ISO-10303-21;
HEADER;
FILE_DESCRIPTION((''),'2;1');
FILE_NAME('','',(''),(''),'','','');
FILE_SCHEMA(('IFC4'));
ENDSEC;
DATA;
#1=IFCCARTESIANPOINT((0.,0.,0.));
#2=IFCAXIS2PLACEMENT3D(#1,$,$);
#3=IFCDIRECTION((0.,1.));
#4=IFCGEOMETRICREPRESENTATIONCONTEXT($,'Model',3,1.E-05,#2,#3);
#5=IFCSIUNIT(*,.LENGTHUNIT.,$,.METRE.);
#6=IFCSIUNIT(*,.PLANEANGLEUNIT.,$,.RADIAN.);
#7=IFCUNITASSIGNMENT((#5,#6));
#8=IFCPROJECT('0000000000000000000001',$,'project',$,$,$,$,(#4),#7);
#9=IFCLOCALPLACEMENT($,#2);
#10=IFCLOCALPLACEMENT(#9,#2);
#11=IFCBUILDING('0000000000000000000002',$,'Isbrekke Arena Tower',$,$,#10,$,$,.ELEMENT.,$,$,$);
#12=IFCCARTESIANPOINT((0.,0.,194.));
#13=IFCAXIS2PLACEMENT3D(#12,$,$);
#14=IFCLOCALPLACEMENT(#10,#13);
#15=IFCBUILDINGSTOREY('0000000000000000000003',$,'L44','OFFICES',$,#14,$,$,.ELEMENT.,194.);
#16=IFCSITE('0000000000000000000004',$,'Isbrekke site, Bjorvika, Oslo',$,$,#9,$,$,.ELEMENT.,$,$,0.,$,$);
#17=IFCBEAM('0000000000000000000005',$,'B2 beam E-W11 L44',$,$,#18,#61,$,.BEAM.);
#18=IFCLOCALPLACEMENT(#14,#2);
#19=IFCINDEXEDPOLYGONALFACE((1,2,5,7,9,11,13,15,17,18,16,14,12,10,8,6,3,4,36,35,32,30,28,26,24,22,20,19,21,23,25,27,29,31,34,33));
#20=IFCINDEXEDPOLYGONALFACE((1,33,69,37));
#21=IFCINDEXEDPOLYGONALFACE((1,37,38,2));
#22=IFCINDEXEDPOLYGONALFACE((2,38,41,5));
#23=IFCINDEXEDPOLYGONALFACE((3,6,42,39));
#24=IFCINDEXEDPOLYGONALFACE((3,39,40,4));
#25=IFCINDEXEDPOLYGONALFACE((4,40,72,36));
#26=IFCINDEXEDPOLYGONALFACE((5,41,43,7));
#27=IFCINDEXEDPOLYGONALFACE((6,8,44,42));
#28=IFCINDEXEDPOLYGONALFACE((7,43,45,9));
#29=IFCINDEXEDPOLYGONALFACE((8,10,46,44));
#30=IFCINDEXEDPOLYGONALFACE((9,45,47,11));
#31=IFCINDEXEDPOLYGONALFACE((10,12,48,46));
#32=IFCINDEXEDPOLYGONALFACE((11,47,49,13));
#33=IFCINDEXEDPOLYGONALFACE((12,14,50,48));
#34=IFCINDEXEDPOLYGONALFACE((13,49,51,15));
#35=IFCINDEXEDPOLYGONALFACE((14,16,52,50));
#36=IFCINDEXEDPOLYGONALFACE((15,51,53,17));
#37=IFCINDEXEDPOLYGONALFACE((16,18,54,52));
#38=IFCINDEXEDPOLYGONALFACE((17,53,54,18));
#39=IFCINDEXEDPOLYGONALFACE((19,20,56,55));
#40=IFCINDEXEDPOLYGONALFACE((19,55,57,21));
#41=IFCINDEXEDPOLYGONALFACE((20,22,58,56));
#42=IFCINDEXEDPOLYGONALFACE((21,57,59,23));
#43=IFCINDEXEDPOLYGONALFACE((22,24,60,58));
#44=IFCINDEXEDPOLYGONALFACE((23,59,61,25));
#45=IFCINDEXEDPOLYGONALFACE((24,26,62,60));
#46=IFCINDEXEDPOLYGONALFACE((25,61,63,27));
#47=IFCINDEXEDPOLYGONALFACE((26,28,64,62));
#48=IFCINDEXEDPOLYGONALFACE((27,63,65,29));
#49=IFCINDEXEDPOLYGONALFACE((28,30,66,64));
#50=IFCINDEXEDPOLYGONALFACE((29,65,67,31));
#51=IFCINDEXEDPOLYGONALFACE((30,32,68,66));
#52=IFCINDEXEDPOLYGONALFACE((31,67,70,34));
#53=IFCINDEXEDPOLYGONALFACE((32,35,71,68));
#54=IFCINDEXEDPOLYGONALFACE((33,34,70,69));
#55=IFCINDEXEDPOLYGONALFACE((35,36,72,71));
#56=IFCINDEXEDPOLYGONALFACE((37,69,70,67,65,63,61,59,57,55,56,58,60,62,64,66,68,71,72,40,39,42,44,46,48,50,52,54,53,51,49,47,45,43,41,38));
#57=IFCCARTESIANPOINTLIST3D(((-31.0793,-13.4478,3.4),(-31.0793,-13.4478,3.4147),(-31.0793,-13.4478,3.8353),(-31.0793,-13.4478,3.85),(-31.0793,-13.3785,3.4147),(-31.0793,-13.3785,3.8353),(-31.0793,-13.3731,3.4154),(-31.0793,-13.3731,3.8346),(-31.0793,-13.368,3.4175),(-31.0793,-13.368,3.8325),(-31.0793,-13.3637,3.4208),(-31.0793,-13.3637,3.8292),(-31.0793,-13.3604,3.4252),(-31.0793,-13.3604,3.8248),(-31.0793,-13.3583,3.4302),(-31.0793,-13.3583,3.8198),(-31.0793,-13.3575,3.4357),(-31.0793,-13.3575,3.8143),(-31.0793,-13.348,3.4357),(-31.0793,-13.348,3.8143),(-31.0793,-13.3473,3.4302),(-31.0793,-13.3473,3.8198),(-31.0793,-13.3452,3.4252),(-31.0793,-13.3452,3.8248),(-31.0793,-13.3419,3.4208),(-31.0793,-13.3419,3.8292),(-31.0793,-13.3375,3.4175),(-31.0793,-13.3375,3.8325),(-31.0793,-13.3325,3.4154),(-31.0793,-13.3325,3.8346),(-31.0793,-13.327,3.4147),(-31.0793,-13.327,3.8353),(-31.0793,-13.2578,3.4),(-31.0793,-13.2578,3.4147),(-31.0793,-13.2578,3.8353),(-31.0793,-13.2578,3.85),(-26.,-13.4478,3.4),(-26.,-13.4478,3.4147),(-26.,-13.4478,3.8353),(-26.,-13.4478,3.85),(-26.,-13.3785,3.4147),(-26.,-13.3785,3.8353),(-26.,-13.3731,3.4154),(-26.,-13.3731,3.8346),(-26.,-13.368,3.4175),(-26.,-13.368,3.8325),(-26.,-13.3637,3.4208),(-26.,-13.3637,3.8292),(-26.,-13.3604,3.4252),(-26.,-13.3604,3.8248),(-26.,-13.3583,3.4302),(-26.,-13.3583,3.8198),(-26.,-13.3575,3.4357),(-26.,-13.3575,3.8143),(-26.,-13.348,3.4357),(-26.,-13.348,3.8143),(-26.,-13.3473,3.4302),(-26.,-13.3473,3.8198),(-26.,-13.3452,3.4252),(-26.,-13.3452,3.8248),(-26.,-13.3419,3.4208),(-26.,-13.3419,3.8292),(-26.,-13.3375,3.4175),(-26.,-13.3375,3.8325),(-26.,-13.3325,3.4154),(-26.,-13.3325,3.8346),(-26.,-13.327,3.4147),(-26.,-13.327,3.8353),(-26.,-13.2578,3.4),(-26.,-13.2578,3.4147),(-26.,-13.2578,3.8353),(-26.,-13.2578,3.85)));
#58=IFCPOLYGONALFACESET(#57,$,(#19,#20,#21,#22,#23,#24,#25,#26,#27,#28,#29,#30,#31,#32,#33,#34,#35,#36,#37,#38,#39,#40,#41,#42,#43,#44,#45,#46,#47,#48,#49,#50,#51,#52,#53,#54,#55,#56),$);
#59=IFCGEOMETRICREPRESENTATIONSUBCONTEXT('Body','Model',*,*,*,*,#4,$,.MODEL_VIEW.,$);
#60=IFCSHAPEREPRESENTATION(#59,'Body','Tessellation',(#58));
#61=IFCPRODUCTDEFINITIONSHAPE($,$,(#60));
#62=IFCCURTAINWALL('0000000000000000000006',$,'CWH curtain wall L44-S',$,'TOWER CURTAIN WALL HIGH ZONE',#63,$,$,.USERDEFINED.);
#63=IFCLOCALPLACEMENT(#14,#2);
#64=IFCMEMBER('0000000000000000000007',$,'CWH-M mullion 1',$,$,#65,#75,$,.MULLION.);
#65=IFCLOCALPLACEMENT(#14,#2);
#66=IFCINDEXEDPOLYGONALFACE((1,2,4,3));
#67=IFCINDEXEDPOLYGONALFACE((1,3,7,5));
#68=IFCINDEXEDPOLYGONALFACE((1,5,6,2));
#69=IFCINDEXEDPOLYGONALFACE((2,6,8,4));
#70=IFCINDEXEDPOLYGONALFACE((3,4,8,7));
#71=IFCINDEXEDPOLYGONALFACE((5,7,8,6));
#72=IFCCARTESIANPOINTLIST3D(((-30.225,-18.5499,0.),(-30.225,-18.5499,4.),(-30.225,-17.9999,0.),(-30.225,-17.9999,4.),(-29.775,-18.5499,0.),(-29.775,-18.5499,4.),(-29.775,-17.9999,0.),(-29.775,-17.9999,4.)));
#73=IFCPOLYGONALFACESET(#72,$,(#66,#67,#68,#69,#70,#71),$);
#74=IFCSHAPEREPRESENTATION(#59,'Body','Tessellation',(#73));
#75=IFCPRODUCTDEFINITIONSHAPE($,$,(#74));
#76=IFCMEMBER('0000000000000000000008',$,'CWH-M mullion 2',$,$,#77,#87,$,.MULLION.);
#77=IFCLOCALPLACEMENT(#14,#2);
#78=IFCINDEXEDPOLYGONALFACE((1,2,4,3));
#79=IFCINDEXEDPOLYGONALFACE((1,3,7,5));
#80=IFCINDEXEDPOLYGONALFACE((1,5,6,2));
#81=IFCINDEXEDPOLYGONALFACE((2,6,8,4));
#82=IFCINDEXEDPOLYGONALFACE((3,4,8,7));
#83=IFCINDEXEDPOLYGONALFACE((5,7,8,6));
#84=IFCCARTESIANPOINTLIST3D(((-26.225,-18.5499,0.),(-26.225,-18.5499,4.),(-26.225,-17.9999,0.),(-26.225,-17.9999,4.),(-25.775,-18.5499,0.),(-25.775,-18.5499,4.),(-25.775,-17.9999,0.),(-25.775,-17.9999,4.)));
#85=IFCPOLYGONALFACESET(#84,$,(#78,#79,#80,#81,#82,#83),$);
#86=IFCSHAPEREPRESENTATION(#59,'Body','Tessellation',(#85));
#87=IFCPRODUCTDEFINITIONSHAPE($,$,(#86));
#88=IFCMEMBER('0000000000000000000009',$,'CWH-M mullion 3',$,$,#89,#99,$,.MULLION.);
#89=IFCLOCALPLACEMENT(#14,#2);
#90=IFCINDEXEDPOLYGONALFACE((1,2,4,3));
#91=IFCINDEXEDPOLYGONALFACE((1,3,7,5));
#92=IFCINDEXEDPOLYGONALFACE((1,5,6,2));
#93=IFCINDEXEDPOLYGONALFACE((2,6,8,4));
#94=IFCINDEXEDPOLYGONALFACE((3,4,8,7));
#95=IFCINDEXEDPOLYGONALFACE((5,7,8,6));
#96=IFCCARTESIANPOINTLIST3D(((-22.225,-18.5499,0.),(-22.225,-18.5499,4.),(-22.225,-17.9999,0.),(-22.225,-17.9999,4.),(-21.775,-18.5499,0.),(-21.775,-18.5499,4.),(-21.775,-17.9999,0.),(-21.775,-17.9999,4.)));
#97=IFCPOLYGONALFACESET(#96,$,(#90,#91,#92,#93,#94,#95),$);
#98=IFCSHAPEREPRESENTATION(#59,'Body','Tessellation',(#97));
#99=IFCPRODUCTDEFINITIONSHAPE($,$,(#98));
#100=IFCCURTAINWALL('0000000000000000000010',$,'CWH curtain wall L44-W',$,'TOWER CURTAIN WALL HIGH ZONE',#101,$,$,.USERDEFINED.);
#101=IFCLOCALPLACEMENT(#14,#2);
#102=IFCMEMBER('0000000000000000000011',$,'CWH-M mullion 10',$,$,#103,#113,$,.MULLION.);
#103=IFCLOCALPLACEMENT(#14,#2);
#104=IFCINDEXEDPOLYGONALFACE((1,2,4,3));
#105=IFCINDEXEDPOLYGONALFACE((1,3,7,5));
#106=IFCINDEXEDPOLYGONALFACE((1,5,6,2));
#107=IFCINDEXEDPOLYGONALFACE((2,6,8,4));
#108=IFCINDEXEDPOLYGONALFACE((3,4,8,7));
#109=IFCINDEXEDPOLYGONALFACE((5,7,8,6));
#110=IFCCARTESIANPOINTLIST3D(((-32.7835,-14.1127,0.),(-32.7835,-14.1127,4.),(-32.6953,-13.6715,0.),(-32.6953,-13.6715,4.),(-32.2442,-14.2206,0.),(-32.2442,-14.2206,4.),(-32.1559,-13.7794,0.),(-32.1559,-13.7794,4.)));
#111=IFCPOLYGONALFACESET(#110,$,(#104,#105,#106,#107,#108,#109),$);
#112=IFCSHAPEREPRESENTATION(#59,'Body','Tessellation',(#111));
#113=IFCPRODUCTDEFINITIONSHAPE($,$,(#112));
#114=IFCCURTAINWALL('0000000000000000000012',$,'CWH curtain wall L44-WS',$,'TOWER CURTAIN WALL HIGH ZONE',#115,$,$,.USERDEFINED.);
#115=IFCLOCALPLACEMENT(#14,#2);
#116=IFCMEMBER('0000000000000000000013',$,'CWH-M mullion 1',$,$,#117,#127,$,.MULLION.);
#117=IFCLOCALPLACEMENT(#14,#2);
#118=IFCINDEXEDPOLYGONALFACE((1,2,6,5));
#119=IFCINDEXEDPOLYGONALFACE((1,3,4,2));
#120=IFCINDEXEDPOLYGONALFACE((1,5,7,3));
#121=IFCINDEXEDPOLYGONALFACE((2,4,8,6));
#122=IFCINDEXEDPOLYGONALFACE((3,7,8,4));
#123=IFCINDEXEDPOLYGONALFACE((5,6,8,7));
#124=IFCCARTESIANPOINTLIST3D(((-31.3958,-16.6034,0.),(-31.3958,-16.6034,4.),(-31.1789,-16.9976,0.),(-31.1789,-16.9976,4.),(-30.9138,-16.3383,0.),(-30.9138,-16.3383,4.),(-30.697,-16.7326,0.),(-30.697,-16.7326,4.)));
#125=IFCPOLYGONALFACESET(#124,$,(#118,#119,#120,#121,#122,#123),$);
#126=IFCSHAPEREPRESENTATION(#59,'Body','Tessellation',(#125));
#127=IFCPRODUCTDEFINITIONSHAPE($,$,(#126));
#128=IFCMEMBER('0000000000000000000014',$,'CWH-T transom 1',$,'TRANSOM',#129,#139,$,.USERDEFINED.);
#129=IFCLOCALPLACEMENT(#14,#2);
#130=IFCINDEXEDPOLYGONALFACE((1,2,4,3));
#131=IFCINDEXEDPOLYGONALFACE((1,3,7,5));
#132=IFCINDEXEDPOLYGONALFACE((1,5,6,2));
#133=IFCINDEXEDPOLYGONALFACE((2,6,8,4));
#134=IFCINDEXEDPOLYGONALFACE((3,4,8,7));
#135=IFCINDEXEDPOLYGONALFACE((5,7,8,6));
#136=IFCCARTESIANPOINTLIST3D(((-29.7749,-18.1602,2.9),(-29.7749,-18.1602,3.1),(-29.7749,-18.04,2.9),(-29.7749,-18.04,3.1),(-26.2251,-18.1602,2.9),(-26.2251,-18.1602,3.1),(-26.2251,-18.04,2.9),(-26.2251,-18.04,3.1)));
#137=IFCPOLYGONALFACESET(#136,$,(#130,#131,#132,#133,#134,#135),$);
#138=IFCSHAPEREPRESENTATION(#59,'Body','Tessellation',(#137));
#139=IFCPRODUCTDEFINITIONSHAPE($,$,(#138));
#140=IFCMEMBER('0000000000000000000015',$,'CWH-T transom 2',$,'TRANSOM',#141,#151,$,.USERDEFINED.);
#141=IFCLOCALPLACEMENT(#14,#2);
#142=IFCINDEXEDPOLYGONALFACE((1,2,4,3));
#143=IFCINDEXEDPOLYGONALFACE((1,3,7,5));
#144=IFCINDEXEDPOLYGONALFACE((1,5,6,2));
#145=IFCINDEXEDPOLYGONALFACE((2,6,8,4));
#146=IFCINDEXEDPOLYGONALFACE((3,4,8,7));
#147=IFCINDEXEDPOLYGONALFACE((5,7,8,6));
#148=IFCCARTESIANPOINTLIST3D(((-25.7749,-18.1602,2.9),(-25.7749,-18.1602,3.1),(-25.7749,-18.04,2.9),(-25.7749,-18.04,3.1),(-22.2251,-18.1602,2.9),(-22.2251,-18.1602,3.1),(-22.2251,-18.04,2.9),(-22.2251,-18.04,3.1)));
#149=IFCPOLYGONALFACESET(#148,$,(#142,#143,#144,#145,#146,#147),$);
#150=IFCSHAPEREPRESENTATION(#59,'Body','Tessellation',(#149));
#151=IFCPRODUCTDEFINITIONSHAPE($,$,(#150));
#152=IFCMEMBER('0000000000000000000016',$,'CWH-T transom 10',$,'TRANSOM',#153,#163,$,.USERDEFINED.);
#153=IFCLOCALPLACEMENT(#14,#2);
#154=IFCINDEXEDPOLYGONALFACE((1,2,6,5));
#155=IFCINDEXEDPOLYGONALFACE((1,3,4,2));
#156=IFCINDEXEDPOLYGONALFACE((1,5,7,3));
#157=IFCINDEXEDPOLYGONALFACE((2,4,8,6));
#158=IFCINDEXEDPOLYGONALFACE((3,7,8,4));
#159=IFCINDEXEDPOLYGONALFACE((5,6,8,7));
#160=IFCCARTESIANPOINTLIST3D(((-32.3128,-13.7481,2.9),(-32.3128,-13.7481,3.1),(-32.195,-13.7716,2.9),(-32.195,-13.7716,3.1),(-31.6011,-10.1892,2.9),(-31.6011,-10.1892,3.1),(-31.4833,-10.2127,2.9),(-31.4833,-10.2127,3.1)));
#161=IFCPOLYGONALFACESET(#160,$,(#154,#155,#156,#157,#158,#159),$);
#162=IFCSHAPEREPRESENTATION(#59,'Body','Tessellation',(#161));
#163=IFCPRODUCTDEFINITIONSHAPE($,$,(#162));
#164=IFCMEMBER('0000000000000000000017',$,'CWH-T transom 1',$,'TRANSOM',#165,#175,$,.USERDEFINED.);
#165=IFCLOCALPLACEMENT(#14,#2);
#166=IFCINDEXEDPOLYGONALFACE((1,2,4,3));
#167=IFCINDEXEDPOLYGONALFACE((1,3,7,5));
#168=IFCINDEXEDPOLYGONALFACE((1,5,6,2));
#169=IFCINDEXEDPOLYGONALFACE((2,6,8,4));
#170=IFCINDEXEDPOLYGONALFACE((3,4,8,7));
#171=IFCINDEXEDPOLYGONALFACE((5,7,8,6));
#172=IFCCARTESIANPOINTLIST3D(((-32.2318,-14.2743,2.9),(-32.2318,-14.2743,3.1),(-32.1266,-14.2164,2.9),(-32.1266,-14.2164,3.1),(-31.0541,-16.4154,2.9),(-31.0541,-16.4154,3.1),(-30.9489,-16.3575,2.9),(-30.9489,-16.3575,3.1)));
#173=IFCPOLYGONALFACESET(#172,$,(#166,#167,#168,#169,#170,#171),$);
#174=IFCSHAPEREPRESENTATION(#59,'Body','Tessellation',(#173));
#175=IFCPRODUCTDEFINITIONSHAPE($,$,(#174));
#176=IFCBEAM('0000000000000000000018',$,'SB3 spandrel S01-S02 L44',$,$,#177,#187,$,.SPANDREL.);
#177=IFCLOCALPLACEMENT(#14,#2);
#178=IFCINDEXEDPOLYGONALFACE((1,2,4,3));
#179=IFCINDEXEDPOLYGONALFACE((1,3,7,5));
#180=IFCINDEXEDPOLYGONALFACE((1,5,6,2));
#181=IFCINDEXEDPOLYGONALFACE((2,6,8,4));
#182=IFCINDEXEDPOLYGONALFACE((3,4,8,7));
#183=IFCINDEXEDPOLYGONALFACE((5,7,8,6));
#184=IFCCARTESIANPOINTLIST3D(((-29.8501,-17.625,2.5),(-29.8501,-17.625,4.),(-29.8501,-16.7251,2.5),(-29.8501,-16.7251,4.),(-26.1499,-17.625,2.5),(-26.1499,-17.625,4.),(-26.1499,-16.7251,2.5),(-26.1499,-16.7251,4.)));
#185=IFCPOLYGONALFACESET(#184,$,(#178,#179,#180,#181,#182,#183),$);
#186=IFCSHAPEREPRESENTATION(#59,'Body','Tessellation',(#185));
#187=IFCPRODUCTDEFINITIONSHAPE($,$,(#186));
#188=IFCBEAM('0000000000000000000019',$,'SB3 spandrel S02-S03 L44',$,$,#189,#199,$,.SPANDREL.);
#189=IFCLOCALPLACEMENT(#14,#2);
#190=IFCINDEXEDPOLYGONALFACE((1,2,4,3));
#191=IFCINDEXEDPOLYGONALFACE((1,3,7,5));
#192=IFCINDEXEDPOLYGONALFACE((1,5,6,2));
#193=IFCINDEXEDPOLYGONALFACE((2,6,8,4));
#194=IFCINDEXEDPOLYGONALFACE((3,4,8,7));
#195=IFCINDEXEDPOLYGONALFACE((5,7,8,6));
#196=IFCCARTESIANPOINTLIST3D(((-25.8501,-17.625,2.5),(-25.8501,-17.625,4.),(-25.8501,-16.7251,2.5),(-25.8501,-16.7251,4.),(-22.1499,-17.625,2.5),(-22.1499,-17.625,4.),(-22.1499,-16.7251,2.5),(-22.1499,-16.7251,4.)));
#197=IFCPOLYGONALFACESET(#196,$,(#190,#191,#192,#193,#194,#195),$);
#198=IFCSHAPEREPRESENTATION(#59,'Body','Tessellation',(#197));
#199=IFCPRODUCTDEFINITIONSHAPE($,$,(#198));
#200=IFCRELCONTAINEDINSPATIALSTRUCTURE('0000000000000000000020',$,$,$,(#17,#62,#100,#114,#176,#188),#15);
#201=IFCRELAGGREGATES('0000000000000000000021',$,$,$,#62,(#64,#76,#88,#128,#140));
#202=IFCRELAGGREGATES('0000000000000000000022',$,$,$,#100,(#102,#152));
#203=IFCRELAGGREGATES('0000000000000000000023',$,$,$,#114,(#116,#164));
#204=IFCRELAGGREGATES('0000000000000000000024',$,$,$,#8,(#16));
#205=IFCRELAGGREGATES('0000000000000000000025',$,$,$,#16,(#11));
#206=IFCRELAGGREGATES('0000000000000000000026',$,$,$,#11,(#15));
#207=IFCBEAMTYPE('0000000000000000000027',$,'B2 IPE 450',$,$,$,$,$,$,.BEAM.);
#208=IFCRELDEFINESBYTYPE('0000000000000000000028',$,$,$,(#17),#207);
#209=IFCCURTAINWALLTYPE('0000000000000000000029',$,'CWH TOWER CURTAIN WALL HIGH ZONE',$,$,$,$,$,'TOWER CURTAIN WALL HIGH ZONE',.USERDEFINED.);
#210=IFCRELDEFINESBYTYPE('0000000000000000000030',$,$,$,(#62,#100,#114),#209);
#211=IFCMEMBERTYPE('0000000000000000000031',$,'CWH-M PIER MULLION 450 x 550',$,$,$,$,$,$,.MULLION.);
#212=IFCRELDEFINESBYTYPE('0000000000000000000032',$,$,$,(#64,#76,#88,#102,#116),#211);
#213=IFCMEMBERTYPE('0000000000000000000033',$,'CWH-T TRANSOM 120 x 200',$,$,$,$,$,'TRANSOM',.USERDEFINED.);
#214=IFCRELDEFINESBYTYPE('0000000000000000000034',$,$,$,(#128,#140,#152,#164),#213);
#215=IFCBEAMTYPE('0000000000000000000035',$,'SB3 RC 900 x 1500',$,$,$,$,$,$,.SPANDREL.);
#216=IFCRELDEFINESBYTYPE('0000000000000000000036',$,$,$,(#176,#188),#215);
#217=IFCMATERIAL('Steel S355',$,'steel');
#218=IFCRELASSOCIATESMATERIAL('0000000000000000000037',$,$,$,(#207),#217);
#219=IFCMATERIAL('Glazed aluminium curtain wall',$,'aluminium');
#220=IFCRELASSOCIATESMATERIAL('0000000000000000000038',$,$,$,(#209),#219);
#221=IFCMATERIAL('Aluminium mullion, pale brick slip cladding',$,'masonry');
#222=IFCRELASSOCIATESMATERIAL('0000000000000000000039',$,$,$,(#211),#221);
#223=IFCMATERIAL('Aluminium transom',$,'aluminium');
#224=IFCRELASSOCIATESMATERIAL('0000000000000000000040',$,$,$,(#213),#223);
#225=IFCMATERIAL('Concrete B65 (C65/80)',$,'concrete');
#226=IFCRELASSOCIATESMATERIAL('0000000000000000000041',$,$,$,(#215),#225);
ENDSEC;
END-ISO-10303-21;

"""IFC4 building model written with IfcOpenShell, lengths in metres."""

from ifc_helpers import new_model, si_unit, direction, frame, origin, origin_2d, place, context, subcontext, project, spatial, rectangle, i_section, extrude, material, material_profile, profile_set, type_object, element, aggregate, save


model = new_model("IFC4")

# Units and contexts
model_context = context("Model", 3, precision=1e-05, world=origin(), true_north=direction((0.0, 1.0)))
body_context = subcontext(model_context, "Body", "Model", "MODEL_VIEW")
ifc_project = project(units=[si_unit("LENGTHUNIT", "METRE"), si_unit("PLANEANGLEUNIT", "RADIAN")], contexts=[model_context])

# Site, building, storey
site_placement = place(None, origin())
site = spatial("IfcSite", under=ifc_project, at=site_placement, Name="Isbrekke site, Bjorvika, Oslo", CompositionType="ELEMENT", RefElevation=0.0)
building_placement = place(site_placement, origin())
building = spatial("IfcBuilding", under=site, at=building_placement, Name="Isbrekke Arena Tower", CompositionType="ELEMENT")
storey_placement = place(building_placement, frame((0.0, 0.0, 194.0)))
storey = spatial("IfcBuildingStorey", under=building, at=storey_placement, Name="L44", Description="OFFICES", CompositionType="ELEMENT", Elevation=194.0)

# Beam
ifc_material_1 = material(Name="Steel S355", Category="steel")
ifc_material_profile_1 = material_profile(ifc_material_1, i_section(OverallWidth=0.1899, OverallDepth=0.45, WebThickness=0.0095, FlangeThickness=0.0146, FilletRadius=0.021, at=origin_2d()), Name="IPE 450")
ifc_profile_set_1 = profile_set([ifc_material_profile_1], Name="Steel S355")
beam_type_1 = type_object("IfcBeamType", Name="B2 IPE 450", PredefinedType="BEAM", material=ifc_profile_set_1)
beam_1_placement = place(storey_placement, frame((-31.0793, -13.3528, 3.625), z_axis=(1.0, 0.0, 0.0), x_axis=(0.0, 1.0, 0.0)))
element("IfcBeam", 1, at=beam_1_placement, inside=storey, type_object=beam_type_1, Name="B2 beam E-W11 L44", PredefinedType="BEAM", context=body_context, shape_type="SweptSolid", body=[
    extrude(i_section(OverallWidth=0.1899, OverallDepth=0.45, WebThickness=0.0095, FlangeThickness=0.0146, FilletRadius=0.021, at=origin_2d()), origin(), (0.0, 0.0, 1.0), 5.0793),
])

# Curtain wall, members
ifc_material_2 = material(Name="Glazed aluminium curtain wall", Category="aluminium")
curtain_wall_type = type_object("IfcCurtainWallType", Name="CWH TOWER CURTAIN WALL HIGH ZONE", ElementType="TOWER CURTAIN WALL HIGH ZONE", PredefinedType="USERDEFINED", material=ifc_material_2)
curtain_wall_1_placement = place(storey_placement, origin())
curtain_wall_1 = element("IfcCurtainWall", 2, at=curtain_wall_1_placement, inside=storey, type_object=curtain_wall_type, Name="CWH curtain wall L44-S", ObjectType="TOWER CURTAIN WALL HIGH ZONE", PredefinedType="USERDEFINED")
ifc_material_3 = material(Name="Aluminium mullion, pale brick slip cladding", Category="masonry")
ifc_material_profile_2 = material_profile(ifc_material_3, rectangle(XDim=0.45, YDim=0.55, at=origin_2d()), Name="PIER 450X550")
ifc_profile_set_2 = profile_set([ifc_material_profile_2], Name="Aluminium mullion, pale brick slip cladding")
member_type_1 = type_object("IfcMemberType", Name="CWH-M PIER MULLION 450 x 550", PredefinedType="MULLION", material=ifc_profile_set_2)
member_1_placement = place(storey_placement, frame((-30.0, -18.2749, 0.0), z_axis=(0.0, 0.0, 1.0), x_axis=(1.0, 0.0, 0.0)))
member_1 = element("IfcMember", 3, at=member_1_placement, type_object=member_type_1, Name="CWH-M mullion 1", PredefinedType="MULLION", context=body_context, shape_type="SweptSolid", body=[
    extrude(rectangle(XDim=0.45, YDim=0.55, at=origin_2d()), origin(), (0.0, 0.0, 1.0), 4.0),
])
member_2_placement = place(storey_placement, frame((-26.0, -18.2749, 0.0), z_axis=(0.0, 0.0, 1.0), x_axis=(1.0, 0.0, 0.0)))
member_2 = element("IfcMember", 4, at=member_2_placement, type_object=member_type_1, Name="CWH-M mullion 2", PredefinedType="MULLION", context=body_context, shape_type="SweptSolid", body=[
    extrude(rectangle(XDim=0.45, YDim=0.55, at=origin_2d()), origin(), (0.0, 0.0, 1.0), 4.0),
])
member_3_placement = place(storey_placement, frame((-22.0, -18.2749, 0.0), z_axis=(0.0, 0.0, 1.0), x_axis=(1.0, 0.0, 0.0)))
member_3 = element("IfcMember", 5, at=member_3_placement, type_object=member_type_1, Name="CWH-M mullion 3", PredefinedType="MULLION", context=body_context, shape_type="SweptSolid", body=[
    extrude(rectangle(XDim=0.45, YDim=0.55, at=origin_2d()), origin(), (0.0, 0.0, 1.0), 4.0),
])

# Curtain walls, members
curtain_wall_2_placement = place(storey_placement, origin())
curtain_wall_2 = element("IfcCurtainWall", 6, at=curtain_wall_2_placement, inside=storey, type_object=curtain_wall_type, Name="CWH curtain wall L44-W", ObjectType="TOWER CURTAIN WALL HIGH ZONE", PredefinedType="USERDEFINED")
member_4_placement = place(storey_placement, frame((-32.4697, -13.946, 0.0), z_axis=(0.0, 0.0, 1.0), x_axis=(-0.196116, -0.980581, 0.0)))
member_4 = element("IfcMember", 7, at=member_4_placement, type_object=member_type_1, Name="CWH-M mullion 10", PredefinedType="MULLION", context=body_context, shape_type="SweptSolid", body=[
    extrude(rectangle(XDim=0.45, YDim=0.55, at=origin_2d()), origin(), (0.0, 0.0, 1.0), 4.0),
])
curtain_wall_3_placement = place(storey_placement, origin())
curtain_wall_3 = element("IfcCurtainWall", 8, at=curtain_wall_3_placement, inside=storey, type_object=curtain_wall_type, Name="CWH curtain wall L44-WS", ObjectType="TOWER CURTAIN WALL HIGH ZONE", PredefinedType="USERDEFINED")
member_5_placement = place(storey_placement, frame((-31.0464, -16.668, 0.0), z_axis=(0.0, 0.0, 1.0), x_axis=(0.481919, -0.876216, 0.0)))
member_5 = element("IfcMember", 9, at=member_5_placement, type_object=member_type_1, Name="CWH-M mullion 1", PredefinedType="MULLION", context=body_context, shape_type="SweptSolid", body=[
    extrude(rectangle(XDim=0.45, YDim=0.55, at=origin_2d()), origin(), (0.0, 0.0, 1.0), 4.0),
])

# Members
ifc_material_4 = material(Name="Aluminium transom", Category="aluminium")
ifc_material_profile_3 = material_profile(ifc_material_4, rectangle(XDim=0.1201, YDim=0.2, at=origin_2d()), Name="TRANSOM 120X200")
ifc_profile_set_3 = profile_set([ifc_material_profile_3], Name="Aluminium transom")
member_type_2 = type_object("IfcMemberType", Name="CWH-T TRANSOM 120 x 200", ElementType="TRANSOM", PredefinedType="USERDEFINED", material=ifc_profile_set_3)
member_6_placement = place(storey_placement, frame((-29.7749, -18.1001, 3.0), z_axis=(1.0, 0.0, 0.0), x_axis=(0.0, 1.0, 0.0)))
member_6 = element("IfcMember", 10, at=member_6_placement, type_object=member_type_2, Name="CWH-T transom 1", ObjectType="TRANSOM", PredefinedType="USERDEFINED", context=body_context, shape_type="SweptSolid", body=[
    extrude(rectangle(XDim=0.1201, YDim=0.2, at=origin_2d()), origin(), (0.0, 0.0, 1.0), 3.5498),
])
member_7_placement = place(storey_placement, frame((-25.7749, -18.1001, 3.0), z_axis=(1.0, 0.0, 0.0), x_axis=(0.0, 1.0, 0.0)))
member_7 = element("IfcMember", 11, at=member_7_placement, type_object=member_type_2, Name="CWH-T transom 2", ObjectType="TRANSOM", PredefinedType="USERDEFINED", context=body_context, shape_type="SweptSolid", body=[
    extrude(rectangle(XDim=0.1201, YDim=0.2, at=origin_2d()), origin(), (0.0, 0.0, 1.0), 3.5498),
])
member_8_placement = place(storey_placement, frame((-31.5422, -10.2009, 3.0), z_axis=(-0.19609, -0.980586, 0.0), x_axis=(0.980586, -0.19609, 0.0)))
member_8 = element("IfcMember", 12, at=member_8_placement, type_object=member_type_2, Name="CWH-T transom 10", ObjectType="TRANSOM", PredefinedType="USERDEFINED", context=body_context, shape_type="SweptSolid", body=[
    extrude(rectangle(XDim=0.1201, YDim=0.2, at=origin_2d()), origin(), (0.0, 0.0, 1.0), 3.6294),
])
member_9_placement = place(storey_placement, frame((-32.1792, -14.2454, 3.0), z_axis=(0.481957, -0.876195, 0.0), x_axis=(0.876195, 0.481957, 0.0)))
member_9 = element("IfcMember", 13, at=member_9_placement, type_object=member_type_2, Name="CWH-T transom 1", ObjectType="TRANSOM", PredefinedType="USERDEFINED", context=body_context, shape_type="SweptSolid", body=[
    extrude(rectangle(XDim=0.1201, YDim=0.2, at=origin_2d()), origin(), (0.0, 0.0, 1.0), 2.4436),
])

# Beams
ifc_material_5 = material(Name="Concrete B65 (C65/80)", Category="concrete")
ifc_material_profile_4 = material_profile(ifc_material_5, rectangle(XDim=0.8999, YDim=1.5, at=origin_2d()), Name="RC 900x1500")
ifc_profile_set_4 = profile_set([ifc_material_profile_4], Name="Concrete B65 (C65/80)")
beam_type_2 = type_object("IfcBeamType", Name="SB3 RC 900 x 1500", PredefinedType="SPANDREL", material=ifc_profile_set_4)
for number, where, z_axis, x_axis, name in (
    (14, (-29.8501, -17.175, 3.25), (1.0, 0.0, 0.0), (0.0, 1.0, 0.0), "SB3 spandrel S01-S02 L44"),
    (15, (-25.8501, -17.175, 3.25), (1.0, 0.0, 0.0), (0.0, 1.0, 0.0), "SB3 spandrel S02-S03 L44"),
):
    element("IfcBeam", number, at=place(storey_placement, frame(where, z_axis=z_axis, x_axis=x_axis)), inside=storey, type_object=beam_type_2, Name=name, PredefinedType="SPANDREL", context=body_context, shape_type="SweptSolid", body=[
        extrude(rectangle(XDim=0.8999, YDim=1.5, at=origin_2d()), origin(), (0.0, 0.0, 1.0), 3.7002),
    ])

aggregate(curtain_wall_1, [member_1, member_2, member_3, member_6, member_7])
aggregate(curtain_wall_2, [member_4, member_8])
aggregate(curtain_wall_3, [member_5, member_9])

save(model, "model.ifc")
